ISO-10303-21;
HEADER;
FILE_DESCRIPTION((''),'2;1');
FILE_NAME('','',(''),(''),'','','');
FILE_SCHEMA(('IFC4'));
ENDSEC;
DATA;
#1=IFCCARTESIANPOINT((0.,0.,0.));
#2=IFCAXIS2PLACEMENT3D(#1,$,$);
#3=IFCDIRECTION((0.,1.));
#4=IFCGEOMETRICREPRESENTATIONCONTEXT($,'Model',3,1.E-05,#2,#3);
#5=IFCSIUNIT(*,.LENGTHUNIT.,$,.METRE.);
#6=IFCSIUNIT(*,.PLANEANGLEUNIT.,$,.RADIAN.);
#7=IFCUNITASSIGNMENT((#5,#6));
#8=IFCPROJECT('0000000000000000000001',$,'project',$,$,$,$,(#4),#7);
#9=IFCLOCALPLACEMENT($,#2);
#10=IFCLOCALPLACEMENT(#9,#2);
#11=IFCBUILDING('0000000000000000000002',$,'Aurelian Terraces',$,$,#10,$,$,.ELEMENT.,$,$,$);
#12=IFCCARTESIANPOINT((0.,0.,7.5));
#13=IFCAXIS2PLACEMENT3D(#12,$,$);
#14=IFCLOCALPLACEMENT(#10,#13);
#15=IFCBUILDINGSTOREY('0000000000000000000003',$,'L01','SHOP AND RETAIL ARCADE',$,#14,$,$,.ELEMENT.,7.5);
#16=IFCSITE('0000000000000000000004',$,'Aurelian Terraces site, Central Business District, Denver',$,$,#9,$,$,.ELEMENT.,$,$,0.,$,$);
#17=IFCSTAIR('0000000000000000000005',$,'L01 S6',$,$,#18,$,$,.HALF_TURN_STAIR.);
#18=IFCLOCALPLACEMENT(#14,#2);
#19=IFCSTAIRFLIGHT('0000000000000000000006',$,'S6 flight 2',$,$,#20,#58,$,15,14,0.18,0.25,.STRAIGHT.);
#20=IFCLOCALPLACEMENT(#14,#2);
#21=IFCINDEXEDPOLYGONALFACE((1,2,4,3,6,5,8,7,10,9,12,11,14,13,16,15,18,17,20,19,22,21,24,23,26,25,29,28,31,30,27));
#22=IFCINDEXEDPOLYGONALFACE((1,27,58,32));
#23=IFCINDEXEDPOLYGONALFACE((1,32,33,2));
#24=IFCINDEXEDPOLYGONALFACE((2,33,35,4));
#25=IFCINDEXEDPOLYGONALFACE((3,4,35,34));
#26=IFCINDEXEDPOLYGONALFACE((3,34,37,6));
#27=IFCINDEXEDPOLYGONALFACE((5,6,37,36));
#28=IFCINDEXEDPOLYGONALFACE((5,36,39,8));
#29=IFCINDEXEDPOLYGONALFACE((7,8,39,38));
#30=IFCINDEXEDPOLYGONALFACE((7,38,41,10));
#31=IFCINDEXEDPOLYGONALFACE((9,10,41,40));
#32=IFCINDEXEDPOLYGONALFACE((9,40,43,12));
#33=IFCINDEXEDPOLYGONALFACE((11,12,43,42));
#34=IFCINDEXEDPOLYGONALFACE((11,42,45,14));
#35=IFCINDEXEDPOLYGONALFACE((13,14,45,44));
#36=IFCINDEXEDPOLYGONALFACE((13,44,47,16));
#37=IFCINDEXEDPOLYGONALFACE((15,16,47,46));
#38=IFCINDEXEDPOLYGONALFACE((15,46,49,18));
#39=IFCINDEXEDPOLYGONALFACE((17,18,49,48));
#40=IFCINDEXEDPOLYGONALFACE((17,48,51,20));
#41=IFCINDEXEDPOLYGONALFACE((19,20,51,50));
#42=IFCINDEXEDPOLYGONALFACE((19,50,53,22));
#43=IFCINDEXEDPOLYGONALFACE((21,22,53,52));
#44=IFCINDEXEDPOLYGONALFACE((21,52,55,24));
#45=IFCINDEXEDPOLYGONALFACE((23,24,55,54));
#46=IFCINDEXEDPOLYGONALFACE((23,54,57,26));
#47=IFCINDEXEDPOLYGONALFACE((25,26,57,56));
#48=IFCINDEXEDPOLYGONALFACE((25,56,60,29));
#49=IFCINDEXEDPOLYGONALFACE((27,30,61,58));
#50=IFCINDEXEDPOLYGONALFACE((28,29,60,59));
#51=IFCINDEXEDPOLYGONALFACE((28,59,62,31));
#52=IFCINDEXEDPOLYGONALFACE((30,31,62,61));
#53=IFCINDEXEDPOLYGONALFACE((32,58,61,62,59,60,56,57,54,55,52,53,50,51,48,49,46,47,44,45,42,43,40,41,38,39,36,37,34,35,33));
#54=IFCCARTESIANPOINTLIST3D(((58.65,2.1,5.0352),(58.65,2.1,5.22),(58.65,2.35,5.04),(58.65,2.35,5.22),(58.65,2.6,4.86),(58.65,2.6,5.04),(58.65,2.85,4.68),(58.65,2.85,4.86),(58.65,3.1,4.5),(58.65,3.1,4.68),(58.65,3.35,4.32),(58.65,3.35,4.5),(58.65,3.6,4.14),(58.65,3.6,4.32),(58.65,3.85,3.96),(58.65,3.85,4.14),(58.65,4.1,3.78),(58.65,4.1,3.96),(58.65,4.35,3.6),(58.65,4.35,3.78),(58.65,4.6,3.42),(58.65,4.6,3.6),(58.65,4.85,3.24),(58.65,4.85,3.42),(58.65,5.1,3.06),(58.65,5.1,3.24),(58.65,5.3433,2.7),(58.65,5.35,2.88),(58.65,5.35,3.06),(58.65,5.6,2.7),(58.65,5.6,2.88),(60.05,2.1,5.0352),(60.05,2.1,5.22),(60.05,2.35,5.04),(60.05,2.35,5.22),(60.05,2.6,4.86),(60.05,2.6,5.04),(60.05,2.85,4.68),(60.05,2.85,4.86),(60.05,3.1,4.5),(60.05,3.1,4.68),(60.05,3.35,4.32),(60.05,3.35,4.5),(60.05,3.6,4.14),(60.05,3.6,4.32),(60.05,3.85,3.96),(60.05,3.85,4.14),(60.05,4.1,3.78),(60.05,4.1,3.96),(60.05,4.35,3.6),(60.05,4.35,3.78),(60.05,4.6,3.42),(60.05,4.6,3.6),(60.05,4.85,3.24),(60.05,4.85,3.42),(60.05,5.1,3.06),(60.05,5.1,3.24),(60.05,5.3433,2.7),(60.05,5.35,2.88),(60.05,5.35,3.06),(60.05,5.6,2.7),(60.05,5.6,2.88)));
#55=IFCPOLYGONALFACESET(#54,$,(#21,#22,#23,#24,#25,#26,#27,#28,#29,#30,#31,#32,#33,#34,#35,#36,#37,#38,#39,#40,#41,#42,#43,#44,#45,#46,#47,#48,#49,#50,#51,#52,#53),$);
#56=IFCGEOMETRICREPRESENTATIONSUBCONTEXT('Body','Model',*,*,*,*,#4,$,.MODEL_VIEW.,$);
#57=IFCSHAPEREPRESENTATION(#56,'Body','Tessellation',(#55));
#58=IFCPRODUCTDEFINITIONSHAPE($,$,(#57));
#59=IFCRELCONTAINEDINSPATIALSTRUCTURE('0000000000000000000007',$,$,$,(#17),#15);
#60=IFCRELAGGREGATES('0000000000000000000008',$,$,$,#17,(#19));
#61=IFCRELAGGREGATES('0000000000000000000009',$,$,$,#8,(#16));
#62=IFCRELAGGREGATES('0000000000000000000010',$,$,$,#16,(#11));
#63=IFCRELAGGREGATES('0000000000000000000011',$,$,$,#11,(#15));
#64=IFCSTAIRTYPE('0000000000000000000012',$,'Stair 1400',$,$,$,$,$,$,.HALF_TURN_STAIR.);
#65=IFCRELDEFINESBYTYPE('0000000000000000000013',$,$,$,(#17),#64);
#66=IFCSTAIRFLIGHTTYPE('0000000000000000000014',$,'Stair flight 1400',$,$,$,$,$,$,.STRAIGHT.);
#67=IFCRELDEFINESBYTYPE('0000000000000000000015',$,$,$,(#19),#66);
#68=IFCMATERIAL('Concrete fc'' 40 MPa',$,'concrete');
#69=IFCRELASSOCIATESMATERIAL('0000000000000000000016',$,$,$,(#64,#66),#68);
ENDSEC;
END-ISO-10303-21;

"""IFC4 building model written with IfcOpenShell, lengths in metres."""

from ifc_helpers import new_model, si_unit, direction, frame, origin, place, context, subcontext, project, spatial, polyline, outline, extrude, source, transform, mapped, material, type_object, element, aggregate, save


model = new_model("IFC4")

# Units and contexts
model_context = context("Model", 3, precision=1e-05, world=origin(), true_north=direction((0.0, 1.0)))
body_context = subcontext(model_context, "Body", "Model", "MODEL_VIEW")
ifc_project = project(units=[si_unit("LENGTHUNIT", "METRE"), si_unit("PLANEANGLEUNIT", "RADIAN")], contexts=[model_context])

# Site, building, storey
site_placement = place(None, origin())
site = spatial("IfcSite", under=ifc_project, at=site_placement, Name="Aurelian Terraces site, Central Business District, Denver", CompositionType="ELEMENT", RefElevation=0.0)
building_placement = place(site_placement, origin())
building = spatial("IfcBuilding", under=site, at=building_placement, Name="Aurelian Terraces", CompositionType="ELEMENT")
storey_placement = place(building_placement, frame((0.0, 0.0, 7.5)))
storey = spatial("IfcBuildingStorey", under=building, at=storey_placement, Name="L01", Description="SHOP AND RETAIL ARCADE", CompositionType="ELEMENT", Elevation=7.5)

# Shared definitions
ifc_material_1 = material(Name="Concrete fc' 40 MPa", Category="concrete")

# Stair, stair flight
stair_type = type_object("IfcStairType", Name="Stair 1400", PredefinedType="HALF_TURN_STAIR", material=ifc_material_1)
stair_flight_type = type_object("IfcStairFlightType", Name="Stair flight 1400", PredefinedType="STRAIGHT", material=ifc_material_1)
shared_shape_1 = source(origin(), body_context, "Body", "SweptSolid", [
    extrude(outline(polyline([(0.0, 0.0), (0.0, 0.18), (0.25, 0.18), (0.25, 0.36), (0.5, 0.36), (0.5, 0.54), (0.75, 0.54), (0.75, 0.72), (1.0, 0.72), (1.0, 0.9), (1.25, 0.9), (1.25, 1.08), (1.5, 1.08), (1.5, 1.26), (1.75, 1.26), (1.75, 1.44), (2.0, 1.44), (2.0, 1.62), (2.25, 1.62), (2.25, 1.8), (2.5, 1.8), (2.5, 1.98), (2.75, 1.98), (2.75, 2.16), (3.0, 2.16), (3.0, 2.34), (3.25, 2.34), (3.25, 2.52), (3.5, 2.52), (3.5, 2.7), (3.5, 2.3352), (0.2567, 0.0), (0.0, 0.0)])), frame((0.0, 0.7, 0.0), z_axis=(0.0, -1.0, 0.0), x_axis=(1.0, 0.0, 0.0)), (0.0, 0.0, 1.0), 1.4),
])
stair_1_placement = place(storey_placement, origin())
stair_1 = element("IfcStair", 1, at=stair_1_placement, inside=storey, type_object=stair_type, Name="L01 S6", PredefinedType="HALF_TURN_STAIR")
stair_flight_1_placement = place(storey_placement, frame((59.35, 5.6, 2.7), z_axis=(0.0, 0.0, 1.0), x_axis=(0.0, -1.0, 0.0)))
stair_flight_1 = element("IfcStairFlight", 2, at=stair_flight_1_placement, type_object=stair_flight_type, Name="S6 flight 2", NumberOfRisers=15, NumberOfTreads=14, PredefinedType="STRAIGHT", RiserHeight=0.18, TreadLength=0.25, context=body_context, shape_type="MappedRepresentation", body=[
    mapped(shared_shape_1, transform((0.0, 0.0, 0.0), scale=1.0)),
])
aggregate(stair_1, [stair_flight_1])

save(model, "model.ifc")
